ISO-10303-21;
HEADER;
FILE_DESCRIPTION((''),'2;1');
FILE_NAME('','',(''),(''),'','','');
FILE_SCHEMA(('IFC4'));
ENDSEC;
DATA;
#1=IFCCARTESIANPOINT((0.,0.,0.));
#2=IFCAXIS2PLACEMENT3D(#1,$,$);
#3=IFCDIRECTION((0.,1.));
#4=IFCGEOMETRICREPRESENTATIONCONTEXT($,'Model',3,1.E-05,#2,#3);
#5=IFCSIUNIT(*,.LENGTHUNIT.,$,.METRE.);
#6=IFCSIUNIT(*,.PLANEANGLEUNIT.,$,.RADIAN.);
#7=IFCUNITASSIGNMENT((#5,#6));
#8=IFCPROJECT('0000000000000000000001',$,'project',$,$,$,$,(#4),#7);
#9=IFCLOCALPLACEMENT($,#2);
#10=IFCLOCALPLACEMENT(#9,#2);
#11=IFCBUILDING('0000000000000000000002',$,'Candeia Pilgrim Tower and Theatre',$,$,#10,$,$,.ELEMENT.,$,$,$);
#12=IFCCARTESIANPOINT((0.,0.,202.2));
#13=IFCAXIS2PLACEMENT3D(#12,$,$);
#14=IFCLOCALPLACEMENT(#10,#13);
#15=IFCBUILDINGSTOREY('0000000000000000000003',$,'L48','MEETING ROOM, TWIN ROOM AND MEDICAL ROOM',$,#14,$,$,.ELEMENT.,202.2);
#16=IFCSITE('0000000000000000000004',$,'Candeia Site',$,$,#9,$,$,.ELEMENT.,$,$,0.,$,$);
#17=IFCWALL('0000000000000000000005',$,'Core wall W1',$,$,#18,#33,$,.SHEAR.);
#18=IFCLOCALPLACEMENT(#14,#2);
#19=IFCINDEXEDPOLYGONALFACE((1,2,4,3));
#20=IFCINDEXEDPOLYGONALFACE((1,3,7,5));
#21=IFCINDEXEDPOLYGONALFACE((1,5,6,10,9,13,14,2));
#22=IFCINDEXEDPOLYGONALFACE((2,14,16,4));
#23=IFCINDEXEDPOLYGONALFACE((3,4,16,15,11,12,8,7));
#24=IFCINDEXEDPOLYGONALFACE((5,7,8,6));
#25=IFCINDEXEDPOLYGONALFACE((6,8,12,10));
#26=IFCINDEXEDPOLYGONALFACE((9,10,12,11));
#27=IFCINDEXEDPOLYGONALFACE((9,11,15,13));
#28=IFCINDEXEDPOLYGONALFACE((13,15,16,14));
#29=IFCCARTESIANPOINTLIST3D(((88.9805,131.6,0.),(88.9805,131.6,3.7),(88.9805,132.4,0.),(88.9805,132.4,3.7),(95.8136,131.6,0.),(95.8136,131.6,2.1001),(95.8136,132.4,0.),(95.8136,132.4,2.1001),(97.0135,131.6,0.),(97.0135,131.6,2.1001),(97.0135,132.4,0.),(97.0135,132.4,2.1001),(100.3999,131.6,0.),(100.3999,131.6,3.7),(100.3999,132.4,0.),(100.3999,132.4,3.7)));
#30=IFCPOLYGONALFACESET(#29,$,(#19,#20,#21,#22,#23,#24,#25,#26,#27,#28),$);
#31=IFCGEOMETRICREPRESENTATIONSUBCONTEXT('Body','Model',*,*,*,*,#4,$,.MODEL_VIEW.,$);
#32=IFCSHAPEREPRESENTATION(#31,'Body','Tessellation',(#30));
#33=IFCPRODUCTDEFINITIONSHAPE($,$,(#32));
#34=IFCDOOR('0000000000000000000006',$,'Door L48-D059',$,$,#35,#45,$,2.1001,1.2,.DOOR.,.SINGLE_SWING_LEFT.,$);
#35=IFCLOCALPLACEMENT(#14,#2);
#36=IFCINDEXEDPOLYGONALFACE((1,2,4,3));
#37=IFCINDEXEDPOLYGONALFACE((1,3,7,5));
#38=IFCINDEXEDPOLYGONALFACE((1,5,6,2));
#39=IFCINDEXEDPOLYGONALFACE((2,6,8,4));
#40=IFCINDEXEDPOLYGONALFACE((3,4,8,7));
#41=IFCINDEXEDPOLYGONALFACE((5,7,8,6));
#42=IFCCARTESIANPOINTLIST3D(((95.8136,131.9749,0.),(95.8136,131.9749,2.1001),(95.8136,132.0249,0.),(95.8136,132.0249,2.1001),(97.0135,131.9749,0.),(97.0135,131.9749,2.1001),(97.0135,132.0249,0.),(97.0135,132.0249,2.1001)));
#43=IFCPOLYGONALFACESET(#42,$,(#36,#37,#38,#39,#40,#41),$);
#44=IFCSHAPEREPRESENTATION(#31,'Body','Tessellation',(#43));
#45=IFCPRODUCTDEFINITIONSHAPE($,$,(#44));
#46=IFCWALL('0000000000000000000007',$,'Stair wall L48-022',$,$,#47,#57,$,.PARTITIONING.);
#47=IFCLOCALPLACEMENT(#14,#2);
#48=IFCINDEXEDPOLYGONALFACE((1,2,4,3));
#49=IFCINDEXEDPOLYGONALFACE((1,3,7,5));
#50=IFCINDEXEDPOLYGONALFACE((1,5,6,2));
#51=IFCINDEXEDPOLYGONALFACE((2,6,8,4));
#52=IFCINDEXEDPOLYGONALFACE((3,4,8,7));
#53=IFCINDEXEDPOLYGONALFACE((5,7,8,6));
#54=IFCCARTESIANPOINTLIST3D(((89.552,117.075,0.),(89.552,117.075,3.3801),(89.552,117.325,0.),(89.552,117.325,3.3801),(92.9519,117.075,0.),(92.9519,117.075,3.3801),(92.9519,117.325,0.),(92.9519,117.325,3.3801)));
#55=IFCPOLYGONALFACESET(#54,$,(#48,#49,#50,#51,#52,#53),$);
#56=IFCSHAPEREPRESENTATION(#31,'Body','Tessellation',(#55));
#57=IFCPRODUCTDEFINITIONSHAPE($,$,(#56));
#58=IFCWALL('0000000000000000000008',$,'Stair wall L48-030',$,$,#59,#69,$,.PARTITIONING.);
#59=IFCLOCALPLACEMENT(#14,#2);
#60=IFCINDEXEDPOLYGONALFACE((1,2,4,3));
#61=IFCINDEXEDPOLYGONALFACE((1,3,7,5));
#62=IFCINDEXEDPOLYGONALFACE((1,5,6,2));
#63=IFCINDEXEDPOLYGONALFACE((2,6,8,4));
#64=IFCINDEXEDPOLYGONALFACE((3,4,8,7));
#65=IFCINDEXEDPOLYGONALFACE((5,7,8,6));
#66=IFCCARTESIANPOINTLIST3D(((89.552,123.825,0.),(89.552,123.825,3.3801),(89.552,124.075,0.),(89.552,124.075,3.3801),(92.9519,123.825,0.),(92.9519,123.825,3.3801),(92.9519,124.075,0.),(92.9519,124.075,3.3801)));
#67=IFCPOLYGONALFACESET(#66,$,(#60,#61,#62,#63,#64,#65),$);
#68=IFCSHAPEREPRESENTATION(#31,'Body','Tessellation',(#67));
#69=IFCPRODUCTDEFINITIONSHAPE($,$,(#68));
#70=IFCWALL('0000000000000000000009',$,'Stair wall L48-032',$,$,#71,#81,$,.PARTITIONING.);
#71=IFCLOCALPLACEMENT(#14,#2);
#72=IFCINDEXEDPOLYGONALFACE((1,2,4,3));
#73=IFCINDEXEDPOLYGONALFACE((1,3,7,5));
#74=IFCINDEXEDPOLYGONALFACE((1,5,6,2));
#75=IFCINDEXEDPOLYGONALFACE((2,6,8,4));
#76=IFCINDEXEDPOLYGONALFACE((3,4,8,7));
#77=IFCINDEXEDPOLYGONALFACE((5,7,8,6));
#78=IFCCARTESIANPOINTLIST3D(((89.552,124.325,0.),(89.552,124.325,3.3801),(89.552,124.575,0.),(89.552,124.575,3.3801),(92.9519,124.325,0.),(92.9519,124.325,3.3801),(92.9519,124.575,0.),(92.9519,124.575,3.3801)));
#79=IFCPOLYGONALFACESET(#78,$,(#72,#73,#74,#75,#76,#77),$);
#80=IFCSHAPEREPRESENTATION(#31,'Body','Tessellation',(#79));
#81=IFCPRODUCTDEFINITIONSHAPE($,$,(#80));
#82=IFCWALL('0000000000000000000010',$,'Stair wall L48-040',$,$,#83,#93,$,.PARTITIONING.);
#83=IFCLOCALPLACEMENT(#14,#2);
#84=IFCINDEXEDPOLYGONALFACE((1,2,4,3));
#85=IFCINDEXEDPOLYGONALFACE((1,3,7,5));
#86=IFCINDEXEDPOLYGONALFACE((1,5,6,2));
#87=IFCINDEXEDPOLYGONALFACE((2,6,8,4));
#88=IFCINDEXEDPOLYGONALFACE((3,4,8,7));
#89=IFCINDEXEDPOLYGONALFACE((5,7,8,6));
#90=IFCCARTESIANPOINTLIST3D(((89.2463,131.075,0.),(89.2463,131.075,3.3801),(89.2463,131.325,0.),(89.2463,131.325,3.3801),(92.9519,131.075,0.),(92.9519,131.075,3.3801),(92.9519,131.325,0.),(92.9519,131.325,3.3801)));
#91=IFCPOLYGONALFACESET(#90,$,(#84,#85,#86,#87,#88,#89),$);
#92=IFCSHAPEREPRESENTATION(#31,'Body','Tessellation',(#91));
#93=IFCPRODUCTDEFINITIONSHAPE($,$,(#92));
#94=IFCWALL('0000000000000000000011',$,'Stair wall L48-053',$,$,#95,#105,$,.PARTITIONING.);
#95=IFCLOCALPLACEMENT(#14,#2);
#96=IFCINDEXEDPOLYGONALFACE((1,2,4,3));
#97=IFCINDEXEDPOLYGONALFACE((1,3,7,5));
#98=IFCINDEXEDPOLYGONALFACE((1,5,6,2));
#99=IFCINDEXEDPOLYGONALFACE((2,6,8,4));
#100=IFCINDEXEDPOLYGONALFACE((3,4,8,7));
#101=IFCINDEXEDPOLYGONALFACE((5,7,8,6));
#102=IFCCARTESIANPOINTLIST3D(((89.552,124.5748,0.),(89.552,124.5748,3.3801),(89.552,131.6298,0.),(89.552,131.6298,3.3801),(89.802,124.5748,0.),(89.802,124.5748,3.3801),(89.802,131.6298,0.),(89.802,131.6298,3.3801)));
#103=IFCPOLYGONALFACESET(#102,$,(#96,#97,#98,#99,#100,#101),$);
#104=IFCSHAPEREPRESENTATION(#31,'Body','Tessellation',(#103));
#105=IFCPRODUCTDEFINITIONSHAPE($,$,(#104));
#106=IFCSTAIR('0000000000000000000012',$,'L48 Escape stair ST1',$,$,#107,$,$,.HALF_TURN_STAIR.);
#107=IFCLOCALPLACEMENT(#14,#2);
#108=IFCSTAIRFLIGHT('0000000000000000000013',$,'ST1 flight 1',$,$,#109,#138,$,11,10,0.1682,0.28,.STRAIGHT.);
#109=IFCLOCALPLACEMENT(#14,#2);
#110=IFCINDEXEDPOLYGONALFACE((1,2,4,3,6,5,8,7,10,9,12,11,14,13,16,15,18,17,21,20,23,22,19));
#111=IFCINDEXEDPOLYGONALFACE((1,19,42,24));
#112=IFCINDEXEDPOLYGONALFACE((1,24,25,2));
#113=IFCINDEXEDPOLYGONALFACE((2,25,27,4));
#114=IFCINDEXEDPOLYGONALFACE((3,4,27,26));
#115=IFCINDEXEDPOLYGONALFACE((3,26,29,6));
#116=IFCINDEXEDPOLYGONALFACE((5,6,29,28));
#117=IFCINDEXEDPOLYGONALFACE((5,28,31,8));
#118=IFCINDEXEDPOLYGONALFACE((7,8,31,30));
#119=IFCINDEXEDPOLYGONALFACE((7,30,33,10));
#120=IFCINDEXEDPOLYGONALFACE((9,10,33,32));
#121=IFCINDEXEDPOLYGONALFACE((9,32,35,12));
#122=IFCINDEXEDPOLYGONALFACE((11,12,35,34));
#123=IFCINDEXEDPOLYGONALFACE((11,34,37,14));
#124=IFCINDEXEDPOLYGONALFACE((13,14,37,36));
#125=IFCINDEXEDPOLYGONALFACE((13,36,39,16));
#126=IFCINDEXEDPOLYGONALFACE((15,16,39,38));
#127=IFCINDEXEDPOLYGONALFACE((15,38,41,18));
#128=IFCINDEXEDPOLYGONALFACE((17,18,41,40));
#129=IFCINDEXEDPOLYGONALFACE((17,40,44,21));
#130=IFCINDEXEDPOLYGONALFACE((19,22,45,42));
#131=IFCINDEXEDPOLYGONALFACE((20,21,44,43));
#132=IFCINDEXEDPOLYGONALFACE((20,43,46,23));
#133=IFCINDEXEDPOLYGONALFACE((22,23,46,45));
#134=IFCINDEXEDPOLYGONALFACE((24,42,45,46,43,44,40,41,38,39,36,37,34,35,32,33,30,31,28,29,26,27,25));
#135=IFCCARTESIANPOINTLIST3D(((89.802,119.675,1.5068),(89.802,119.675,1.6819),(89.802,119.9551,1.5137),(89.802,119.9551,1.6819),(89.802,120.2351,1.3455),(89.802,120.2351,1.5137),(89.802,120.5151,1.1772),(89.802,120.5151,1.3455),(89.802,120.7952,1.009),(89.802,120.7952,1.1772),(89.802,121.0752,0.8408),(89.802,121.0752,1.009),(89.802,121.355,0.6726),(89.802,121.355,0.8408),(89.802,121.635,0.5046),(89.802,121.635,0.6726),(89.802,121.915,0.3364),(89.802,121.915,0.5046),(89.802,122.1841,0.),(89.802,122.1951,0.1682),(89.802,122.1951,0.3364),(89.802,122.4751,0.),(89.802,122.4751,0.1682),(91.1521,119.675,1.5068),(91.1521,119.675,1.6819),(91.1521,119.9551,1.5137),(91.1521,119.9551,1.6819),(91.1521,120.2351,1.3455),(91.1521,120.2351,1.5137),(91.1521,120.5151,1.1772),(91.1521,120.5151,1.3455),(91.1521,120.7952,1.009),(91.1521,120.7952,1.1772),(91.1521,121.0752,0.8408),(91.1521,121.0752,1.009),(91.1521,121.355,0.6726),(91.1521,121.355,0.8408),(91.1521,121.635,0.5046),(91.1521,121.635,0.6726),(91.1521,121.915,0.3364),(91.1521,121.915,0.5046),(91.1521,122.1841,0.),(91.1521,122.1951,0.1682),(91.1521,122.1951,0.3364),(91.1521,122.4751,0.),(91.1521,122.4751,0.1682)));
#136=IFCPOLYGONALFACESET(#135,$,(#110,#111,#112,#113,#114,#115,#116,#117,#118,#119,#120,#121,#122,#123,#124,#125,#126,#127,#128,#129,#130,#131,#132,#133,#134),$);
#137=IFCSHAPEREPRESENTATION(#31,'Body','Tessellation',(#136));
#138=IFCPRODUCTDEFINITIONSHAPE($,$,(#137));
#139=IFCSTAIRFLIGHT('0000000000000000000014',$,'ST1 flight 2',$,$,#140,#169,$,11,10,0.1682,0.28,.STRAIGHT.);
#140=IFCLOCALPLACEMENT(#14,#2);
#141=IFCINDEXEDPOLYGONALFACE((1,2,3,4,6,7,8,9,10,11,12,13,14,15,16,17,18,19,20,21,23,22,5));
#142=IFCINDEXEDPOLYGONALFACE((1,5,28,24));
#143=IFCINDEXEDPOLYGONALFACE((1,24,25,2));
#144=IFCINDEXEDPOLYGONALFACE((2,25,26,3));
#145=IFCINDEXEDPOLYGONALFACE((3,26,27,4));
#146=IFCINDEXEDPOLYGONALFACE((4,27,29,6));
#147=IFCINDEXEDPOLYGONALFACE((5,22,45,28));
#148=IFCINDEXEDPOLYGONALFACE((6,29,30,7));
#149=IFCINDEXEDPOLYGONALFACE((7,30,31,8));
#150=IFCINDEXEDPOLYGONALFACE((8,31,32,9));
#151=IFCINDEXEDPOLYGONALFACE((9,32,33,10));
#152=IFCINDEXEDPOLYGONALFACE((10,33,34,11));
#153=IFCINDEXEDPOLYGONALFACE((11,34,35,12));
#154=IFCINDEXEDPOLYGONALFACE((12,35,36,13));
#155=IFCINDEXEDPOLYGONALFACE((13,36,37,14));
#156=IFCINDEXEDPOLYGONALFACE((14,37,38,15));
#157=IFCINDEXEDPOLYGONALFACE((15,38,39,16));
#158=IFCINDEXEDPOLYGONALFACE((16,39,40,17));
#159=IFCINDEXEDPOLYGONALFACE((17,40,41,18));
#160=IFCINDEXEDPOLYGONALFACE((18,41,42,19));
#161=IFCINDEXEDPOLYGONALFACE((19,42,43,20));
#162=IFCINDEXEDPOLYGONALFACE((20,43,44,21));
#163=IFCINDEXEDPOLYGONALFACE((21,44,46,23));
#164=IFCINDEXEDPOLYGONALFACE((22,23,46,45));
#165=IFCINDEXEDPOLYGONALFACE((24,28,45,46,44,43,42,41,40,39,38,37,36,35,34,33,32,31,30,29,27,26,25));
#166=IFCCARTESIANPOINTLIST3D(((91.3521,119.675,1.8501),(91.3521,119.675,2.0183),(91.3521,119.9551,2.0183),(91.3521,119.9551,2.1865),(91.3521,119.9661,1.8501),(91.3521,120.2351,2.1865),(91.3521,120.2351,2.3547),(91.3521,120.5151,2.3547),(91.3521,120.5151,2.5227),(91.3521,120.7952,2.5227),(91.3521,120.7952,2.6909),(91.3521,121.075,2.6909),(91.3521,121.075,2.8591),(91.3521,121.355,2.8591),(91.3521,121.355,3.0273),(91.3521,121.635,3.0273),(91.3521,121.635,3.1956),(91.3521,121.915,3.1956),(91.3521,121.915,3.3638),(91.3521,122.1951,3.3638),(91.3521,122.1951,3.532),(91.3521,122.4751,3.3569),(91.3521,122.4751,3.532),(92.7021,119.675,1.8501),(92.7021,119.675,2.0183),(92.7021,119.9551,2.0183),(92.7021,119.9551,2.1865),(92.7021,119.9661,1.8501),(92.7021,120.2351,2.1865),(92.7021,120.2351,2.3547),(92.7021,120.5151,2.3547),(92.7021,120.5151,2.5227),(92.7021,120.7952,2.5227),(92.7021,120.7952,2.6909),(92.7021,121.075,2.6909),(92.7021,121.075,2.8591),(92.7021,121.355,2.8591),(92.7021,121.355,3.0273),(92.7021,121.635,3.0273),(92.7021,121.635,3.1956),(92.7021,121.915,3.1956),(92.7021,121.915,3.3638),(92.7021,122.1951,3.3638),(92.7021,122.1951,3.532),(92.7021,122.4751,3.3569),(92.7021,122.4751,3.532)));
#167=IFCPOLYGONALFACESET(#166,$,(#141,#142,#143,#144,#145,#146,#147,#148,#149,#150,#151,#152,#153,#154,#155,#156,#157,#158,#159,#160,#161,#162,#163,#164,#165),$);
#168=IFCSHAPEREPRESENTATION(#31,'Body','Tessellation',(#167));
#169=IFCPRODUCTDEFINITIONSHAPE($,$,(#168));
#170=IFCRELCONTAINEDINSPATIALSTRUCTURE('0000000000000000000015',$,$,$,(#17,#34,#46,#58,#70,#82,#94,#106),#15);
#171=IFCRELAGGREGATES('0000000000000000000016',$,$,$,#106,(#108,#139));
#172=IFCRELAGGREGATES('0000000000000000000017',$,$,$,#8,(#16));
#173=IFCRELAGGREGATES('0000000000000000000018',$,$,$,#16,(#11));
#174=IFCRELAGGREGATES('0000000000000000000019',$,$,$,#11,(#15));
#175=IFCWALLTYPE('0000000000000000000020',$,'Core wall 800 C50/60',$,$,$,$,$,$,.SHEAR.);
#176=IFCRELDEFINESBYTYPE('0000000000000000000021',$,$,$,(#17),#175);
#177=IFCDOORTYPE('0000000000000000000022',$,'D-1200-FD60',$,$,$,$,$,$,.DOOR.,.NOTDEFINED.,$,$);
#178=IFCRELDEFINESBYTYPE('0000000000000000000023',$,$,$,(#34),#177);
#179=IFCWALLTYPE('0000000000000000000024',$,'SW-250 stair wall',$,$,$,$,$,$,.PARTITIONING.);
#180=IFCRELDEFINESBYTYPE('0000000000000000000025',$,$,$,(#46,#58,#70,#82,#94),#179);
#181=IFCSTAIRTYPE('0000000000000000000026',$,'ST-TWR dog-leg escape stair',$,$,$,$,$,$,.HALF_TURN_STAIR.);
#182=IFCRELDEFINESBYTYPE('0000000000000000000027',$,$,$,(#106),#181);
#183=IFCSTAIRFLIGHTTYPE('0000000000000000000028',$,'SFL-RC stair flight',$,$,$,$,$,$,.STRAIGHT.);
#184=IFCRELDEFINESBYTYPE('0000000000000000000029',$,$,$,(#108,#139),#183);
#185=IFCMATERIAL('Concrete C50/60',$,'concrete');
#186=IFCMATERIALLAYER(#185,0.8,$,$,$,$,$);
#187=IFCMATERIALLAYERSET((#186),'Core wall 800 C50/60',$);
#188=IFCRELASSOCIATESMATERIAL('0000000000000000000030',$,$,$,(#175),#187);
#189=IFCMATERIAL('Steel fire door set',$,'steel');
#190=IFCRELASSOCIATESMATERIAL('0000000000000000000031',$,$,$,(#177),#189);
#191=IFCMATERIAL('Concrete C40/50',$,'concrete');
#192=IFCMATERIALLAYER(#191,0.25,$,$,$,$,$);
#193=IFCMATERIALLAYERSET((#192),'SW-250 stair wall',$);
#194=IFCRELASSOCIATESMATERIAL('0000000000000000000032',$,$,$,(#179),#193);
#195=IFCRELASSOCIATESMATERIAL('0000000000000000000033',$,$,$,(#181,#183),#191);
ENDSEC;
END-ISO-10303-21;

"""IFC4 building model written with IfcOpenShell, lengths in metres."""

from ifc_helpers import new_model, si_unit, direction, frame, frame_2d, origin, place, context, subcontext, project, spatial, polyline, rectangle, outline, extrude, material, layer, layer_set, type_object, element, fill, aggregate, save


model = new_model("IFC4")

# Units and contexts
model_context = context("Model", 3, precision=1e-05, world=origin(), true_north=direction((0.0, 1.0)))
body_context = subcontext(model_context, "Body", "Model", "MODEL_VIEW")
ifc_project = project(units=[si_unit("LENGTHUNIT", "METRE"), si_unit("PLANEANGLEUNIT", "RADIAN")], contexts=[model_context])

# Site, building, storey
site_placement = place(None, origin())
site = spatial("IfcSite", under=ifc_project, at=site_placement, Name="Candeia Site", CompositionType="ELEMENT", RefElevation=0.0)
building_placement = place(site_placement, origin())
building = spatial("IfcBuilding", under=site, at=building_placement, Name="Candeia Pilgrim Tower and Theatre", CompositionType="ELEMENT")
storey_placement = place(building_placement, frame((0.0, 0.0, 202.2)))
storey = spatial("IfcBuildingStorey", under=building, at=storey_placement, Name="L48", Description="MEETING ROOM, TWIN ROOM AND MEDICAL ROOM", CompositionType="ELEMENT", Elevation=202.2)

# Wall, opening, door
ifc_material_1 = material(Name="Concrete C50/60", Category="concrete")
ifc_layer_1 = layer(ifc_material_1, 0.8)
ifc_layer_set_1 = layer_set([ifc_layer_1], Name="Core wall 800 C50/60")
wall_type_1 = type_object("IfcWallType", Name="Core wall 800 C50/60", PredefinedType="SHEAR", material=ifc_layer_set_1)
wall_1_placement = place(storey_placement, frame((88.9805, 132.0, 0.0), z_axis=(0.0, 0.0, 1.0), x_axis=(1.0, 0.0, 0.0)))
wall_1 = element("IfcWall", 1, at=wall_1_placement, inside=storey, type_object=wall_type_1, Name="Core wall W1", PredefinedType="SHEAR", context=body_context, shape_type="SweptSolid", body=[
    extrude(rectangle(XDim=11.4194, YDim=0.8, at=frame_2d((5.7097, 0.0))), origin(), (0.0, 0.0, 1.0), 3.7),
])
opening_placement = place(wall_1_placement, frame((6.833, 0.0, 0.0)))
opening = element("IfcOpeningElement", 2, at=opening_placement, cuts=wall_1, PredefinedType="OPENING", context=body_context, shape_type="SweptSolid", body=[
    extrude(rectangle(XDim=1.2, YDim=2.1001, at=frame_2d((0.6001, 1.05))), frame((0.0, 0.4102, 0.0), z_axis=(0.0, -1.0, 0.0), x_axis=(1.0, 0.0, 0.0)), (0.0, 0.0, 1.0), 0.8201),
])
ifc_material_2 = material(Name="Steel fire door set", Category="steel")
door_type = type_object("IfcDoorType", Name="D-1200-FD60", OperationType="NOTDEFINED", PredefinedType="DOOR", material=ifc_material_2)
door_placement = place(opening_placement, origin())
door = element("IfcDoor", 3, at=door_placement, inside=storey, type_object=door_type, Name="Door L48-D059", OperationType="SINGLE_SWING_LEFT", OverallHeight=2.1001, OverallWidth=1.2, PredefinedType="DOOR", context=body_context, shape_type="SweptSolid", body=[
    extrude(rectangle(XDim=1.2, YDim=2.1001, at=frame_2d((0.6001, 1.05))), frame((0.0, 0.0249, 0.0), z_axis=(0.0, -1.0, 0.0), x_axis=(1.0, 0.0, 0.0)), (0.0, 0.0, 1.0), 0.05),
])
fill(opening, door)

# Walls
ifc_material_3 = material(Name="Concrete C40/50", Category="concrete")
ifc_layer_2 = layer(ifc_material_3, 0.25)
ifc_layer_set_2 = layer_set([ifc_layer_2], Name="SW-250 stair wall")
wall_type_2 = type_object("IfcWallType", Name="SW-250 stair wall", PredefinedType="PARTITIONING", material=ifc_layer_set_2)
for number, where, z_axis, x_axis, name in (
    (4, (89.552, 117.2, 0.0), (0.0, 0.0, 1.0), (1.0, 0.0, 0.0), "Stair wall L48-022"),
    (5, (89.552, 123.95, 0.0), (0.0, 0.0, 1.0), (1.0, 0.0, 0.0), "Stair wall L48-030"),
    (6, (89.552, 124.45, 0.0), (0.0, 0.0, 1.0), (1.0, 0.0, 0.0), "Stair wall L48-032"),
):
    element("IfcWall", number, at=place(storey_placement, frame(where, z_axis=z_axis, x_axis=x_axis)), inside=storey, type_object=wall_type_2, Name=name, PredefinedType="PARTITIONING", context=body_context, shape_type="SweptSolid", body=[
        extrude(rectangle(XDim=3.3999, YDim=0.25, at=frame_2d((1.7, 0.0))), origin(), (0.0, 0.0, 1.0), 3.3801),
    ])
wall_2_placement = place(storey_placement, frame((89.2463, 131.2, 0.0), z_axis=(0.0, 0.0, 1.0), x_axis=(1.0, 0.0, 0.0)))
element("IfcWall", 7, at=wall_2_placement, inside=storey, type_object=wall_type_2, Name="Stair wall L48-040", PredefinedType="PARTITIONING", context=body_context, shape_type="SweptSolid", body=[
    extrude(rectangle(XDim=3.7056, YDim=0.25, at=frame_2d((1.8528, 0.0))), origin(), (0.0, 0.0, 1.0), 3.3801),
])
wall_3_placement = place(storey_placement, frame((89.677, 124.575, 0.0), z_axis=(0.0, 0.0, 1.0), x_axis=(0.0, 1.0, 0.0)))
element("IfcWall", 8, at=wall_3_placement, inside=storey, type_object=wall_type_2, Name="Stair wall L48-053", PredefinedType="PARTITIONING", context=body_context, shape_type="SweptSolid", body=[
    extrude(rectangle(XDim=7.0549, YDim=0.25, at=frame_2d((3.5273, 0.0))), origin(), (0.0, 0.0, 1.0), 3.3801),
])

# Stair, stair flights
stair_type = type_object("IfcStairType", Name="ST-TWR dog-leg escape stair", PredefinedType="HALF_TURN_STAIR", material=ifc_material_3)
stair_1_placement = place(storey_placement, origin())
stair_1 = element("IfcStair", 9, at=stair_1_placement, inside=storey, type_object=stair_type, Name="L48 Escape stair ST1", PredefinedType="HALF_TURN_STAIR")
stair_flight_type = type_object("IfcStairFlightType", Name="SFL-RC stair flight", PredefinedType="STRAIGHT", material=ifc_material_3)
stair_flight_1_placement = place(storey_placement, frame((90.4771, 122.4751, 0.0), z_axis=(0.0, 0.0, 1.0), x_axis=(0.0, -1.0, 0.0)))
stair_flight_1 = element("IfcStairFlight", 10, at=stair_flight_1_placement, type_object=stair_flight_type, Name="ST1 flight 1", NumberOfRisers=11, NumberOfTreads=10, PredefinedType="STRAIGHT", RiserHeight=0.1682, TreadLength=0.28, context=body_context, shape_type="SweptSolid", body=[
    extrude(outline(polyline([(0.0, 0.0), (0.0, 0.1682), (0.28, 0.1682), (0.28, 0.3364), (0.5601, 0.3364), (0.5601, 0.5046), (0.8401, 0.5046), (0.8401, 0.6726), (1.1201, 0.6726), (1.1201, 0.8408), (1.3999, 0.8408), (1.3999, 1.009), (1.6799, 1.009), (1.6799, 1.1772), (1.96, 1.1772), (1.96, 1.3455), (2.24, 1.3455), (2.24, 1.5137), (2.52, 1.5137), (2.52, 1.6819), (2.8, 1.6819), (2.8, 1.8501), (2.8, 1.5068), (0.291, 0.0), (0.0, 0.0)])), frame((0.0, 0.675, 0.0), z_axis=(0.0, -1.0, 0.0), x_axis=(1.0, 0.0, 0.0)), (0.0, 0.0, 1.0), 1.3501),
])
stair_flight_2_placement = place(storey_placement, frame((92.0271, 119.675, 1.8501), z_axis=(0.0, 0.0, 1.0), x_axis=(0.0, 1.0, 0.0)))
stair_flight_2 = element("IfcStairFlight", 11, at=stair_flight_2_placement, type_object=stair_flight_type, Name="ST1 flight 2", NumberOfRisers=11, NumberOfTreads=10, PredefinedType="STRAIGHT", RiserHeight=0.1682, TreadLength=0.28, context=body_context, shape_type="SweptSolid", body=[
    extrude(outline(polyline([(0.0, 0.0), (0.0, 0.1682), (0.28, 0.1682), (0.28, 0.3364), (0.5601, 0.3364), (0.5601, 0.5046), (0.8401, 0.5046), (0.8401, 0.6726), (1.1201, 0.6726), (1.1201, 0.8408), (1.3999, 0.8408), (1.3999, 1.009), (1.6799, 1.009), (1.6799, 1.1772), (1.96, 1.1772), (1.96, 1.3455), (2.24, 1.3455), (2.24, 1.5137), (2.52, 1.5137), (2.52, 1.6819), (2.8, 1.6819), (2.8, 1.8501), (2.8, 1.5068), (0.291, 0.0), (0.0, 0.0)])), frame((0.0, 0.675, 0.0), z_axis=(0.0, -1.0, 0.0), x_axis=(1.0, 0.0, 0.0)), (0.0, 0.0, 1.0), 1.3501),
])
aggregate(stair_1, [stair_flight_1, stair_flight_2])

save(model, "model.ifc")
